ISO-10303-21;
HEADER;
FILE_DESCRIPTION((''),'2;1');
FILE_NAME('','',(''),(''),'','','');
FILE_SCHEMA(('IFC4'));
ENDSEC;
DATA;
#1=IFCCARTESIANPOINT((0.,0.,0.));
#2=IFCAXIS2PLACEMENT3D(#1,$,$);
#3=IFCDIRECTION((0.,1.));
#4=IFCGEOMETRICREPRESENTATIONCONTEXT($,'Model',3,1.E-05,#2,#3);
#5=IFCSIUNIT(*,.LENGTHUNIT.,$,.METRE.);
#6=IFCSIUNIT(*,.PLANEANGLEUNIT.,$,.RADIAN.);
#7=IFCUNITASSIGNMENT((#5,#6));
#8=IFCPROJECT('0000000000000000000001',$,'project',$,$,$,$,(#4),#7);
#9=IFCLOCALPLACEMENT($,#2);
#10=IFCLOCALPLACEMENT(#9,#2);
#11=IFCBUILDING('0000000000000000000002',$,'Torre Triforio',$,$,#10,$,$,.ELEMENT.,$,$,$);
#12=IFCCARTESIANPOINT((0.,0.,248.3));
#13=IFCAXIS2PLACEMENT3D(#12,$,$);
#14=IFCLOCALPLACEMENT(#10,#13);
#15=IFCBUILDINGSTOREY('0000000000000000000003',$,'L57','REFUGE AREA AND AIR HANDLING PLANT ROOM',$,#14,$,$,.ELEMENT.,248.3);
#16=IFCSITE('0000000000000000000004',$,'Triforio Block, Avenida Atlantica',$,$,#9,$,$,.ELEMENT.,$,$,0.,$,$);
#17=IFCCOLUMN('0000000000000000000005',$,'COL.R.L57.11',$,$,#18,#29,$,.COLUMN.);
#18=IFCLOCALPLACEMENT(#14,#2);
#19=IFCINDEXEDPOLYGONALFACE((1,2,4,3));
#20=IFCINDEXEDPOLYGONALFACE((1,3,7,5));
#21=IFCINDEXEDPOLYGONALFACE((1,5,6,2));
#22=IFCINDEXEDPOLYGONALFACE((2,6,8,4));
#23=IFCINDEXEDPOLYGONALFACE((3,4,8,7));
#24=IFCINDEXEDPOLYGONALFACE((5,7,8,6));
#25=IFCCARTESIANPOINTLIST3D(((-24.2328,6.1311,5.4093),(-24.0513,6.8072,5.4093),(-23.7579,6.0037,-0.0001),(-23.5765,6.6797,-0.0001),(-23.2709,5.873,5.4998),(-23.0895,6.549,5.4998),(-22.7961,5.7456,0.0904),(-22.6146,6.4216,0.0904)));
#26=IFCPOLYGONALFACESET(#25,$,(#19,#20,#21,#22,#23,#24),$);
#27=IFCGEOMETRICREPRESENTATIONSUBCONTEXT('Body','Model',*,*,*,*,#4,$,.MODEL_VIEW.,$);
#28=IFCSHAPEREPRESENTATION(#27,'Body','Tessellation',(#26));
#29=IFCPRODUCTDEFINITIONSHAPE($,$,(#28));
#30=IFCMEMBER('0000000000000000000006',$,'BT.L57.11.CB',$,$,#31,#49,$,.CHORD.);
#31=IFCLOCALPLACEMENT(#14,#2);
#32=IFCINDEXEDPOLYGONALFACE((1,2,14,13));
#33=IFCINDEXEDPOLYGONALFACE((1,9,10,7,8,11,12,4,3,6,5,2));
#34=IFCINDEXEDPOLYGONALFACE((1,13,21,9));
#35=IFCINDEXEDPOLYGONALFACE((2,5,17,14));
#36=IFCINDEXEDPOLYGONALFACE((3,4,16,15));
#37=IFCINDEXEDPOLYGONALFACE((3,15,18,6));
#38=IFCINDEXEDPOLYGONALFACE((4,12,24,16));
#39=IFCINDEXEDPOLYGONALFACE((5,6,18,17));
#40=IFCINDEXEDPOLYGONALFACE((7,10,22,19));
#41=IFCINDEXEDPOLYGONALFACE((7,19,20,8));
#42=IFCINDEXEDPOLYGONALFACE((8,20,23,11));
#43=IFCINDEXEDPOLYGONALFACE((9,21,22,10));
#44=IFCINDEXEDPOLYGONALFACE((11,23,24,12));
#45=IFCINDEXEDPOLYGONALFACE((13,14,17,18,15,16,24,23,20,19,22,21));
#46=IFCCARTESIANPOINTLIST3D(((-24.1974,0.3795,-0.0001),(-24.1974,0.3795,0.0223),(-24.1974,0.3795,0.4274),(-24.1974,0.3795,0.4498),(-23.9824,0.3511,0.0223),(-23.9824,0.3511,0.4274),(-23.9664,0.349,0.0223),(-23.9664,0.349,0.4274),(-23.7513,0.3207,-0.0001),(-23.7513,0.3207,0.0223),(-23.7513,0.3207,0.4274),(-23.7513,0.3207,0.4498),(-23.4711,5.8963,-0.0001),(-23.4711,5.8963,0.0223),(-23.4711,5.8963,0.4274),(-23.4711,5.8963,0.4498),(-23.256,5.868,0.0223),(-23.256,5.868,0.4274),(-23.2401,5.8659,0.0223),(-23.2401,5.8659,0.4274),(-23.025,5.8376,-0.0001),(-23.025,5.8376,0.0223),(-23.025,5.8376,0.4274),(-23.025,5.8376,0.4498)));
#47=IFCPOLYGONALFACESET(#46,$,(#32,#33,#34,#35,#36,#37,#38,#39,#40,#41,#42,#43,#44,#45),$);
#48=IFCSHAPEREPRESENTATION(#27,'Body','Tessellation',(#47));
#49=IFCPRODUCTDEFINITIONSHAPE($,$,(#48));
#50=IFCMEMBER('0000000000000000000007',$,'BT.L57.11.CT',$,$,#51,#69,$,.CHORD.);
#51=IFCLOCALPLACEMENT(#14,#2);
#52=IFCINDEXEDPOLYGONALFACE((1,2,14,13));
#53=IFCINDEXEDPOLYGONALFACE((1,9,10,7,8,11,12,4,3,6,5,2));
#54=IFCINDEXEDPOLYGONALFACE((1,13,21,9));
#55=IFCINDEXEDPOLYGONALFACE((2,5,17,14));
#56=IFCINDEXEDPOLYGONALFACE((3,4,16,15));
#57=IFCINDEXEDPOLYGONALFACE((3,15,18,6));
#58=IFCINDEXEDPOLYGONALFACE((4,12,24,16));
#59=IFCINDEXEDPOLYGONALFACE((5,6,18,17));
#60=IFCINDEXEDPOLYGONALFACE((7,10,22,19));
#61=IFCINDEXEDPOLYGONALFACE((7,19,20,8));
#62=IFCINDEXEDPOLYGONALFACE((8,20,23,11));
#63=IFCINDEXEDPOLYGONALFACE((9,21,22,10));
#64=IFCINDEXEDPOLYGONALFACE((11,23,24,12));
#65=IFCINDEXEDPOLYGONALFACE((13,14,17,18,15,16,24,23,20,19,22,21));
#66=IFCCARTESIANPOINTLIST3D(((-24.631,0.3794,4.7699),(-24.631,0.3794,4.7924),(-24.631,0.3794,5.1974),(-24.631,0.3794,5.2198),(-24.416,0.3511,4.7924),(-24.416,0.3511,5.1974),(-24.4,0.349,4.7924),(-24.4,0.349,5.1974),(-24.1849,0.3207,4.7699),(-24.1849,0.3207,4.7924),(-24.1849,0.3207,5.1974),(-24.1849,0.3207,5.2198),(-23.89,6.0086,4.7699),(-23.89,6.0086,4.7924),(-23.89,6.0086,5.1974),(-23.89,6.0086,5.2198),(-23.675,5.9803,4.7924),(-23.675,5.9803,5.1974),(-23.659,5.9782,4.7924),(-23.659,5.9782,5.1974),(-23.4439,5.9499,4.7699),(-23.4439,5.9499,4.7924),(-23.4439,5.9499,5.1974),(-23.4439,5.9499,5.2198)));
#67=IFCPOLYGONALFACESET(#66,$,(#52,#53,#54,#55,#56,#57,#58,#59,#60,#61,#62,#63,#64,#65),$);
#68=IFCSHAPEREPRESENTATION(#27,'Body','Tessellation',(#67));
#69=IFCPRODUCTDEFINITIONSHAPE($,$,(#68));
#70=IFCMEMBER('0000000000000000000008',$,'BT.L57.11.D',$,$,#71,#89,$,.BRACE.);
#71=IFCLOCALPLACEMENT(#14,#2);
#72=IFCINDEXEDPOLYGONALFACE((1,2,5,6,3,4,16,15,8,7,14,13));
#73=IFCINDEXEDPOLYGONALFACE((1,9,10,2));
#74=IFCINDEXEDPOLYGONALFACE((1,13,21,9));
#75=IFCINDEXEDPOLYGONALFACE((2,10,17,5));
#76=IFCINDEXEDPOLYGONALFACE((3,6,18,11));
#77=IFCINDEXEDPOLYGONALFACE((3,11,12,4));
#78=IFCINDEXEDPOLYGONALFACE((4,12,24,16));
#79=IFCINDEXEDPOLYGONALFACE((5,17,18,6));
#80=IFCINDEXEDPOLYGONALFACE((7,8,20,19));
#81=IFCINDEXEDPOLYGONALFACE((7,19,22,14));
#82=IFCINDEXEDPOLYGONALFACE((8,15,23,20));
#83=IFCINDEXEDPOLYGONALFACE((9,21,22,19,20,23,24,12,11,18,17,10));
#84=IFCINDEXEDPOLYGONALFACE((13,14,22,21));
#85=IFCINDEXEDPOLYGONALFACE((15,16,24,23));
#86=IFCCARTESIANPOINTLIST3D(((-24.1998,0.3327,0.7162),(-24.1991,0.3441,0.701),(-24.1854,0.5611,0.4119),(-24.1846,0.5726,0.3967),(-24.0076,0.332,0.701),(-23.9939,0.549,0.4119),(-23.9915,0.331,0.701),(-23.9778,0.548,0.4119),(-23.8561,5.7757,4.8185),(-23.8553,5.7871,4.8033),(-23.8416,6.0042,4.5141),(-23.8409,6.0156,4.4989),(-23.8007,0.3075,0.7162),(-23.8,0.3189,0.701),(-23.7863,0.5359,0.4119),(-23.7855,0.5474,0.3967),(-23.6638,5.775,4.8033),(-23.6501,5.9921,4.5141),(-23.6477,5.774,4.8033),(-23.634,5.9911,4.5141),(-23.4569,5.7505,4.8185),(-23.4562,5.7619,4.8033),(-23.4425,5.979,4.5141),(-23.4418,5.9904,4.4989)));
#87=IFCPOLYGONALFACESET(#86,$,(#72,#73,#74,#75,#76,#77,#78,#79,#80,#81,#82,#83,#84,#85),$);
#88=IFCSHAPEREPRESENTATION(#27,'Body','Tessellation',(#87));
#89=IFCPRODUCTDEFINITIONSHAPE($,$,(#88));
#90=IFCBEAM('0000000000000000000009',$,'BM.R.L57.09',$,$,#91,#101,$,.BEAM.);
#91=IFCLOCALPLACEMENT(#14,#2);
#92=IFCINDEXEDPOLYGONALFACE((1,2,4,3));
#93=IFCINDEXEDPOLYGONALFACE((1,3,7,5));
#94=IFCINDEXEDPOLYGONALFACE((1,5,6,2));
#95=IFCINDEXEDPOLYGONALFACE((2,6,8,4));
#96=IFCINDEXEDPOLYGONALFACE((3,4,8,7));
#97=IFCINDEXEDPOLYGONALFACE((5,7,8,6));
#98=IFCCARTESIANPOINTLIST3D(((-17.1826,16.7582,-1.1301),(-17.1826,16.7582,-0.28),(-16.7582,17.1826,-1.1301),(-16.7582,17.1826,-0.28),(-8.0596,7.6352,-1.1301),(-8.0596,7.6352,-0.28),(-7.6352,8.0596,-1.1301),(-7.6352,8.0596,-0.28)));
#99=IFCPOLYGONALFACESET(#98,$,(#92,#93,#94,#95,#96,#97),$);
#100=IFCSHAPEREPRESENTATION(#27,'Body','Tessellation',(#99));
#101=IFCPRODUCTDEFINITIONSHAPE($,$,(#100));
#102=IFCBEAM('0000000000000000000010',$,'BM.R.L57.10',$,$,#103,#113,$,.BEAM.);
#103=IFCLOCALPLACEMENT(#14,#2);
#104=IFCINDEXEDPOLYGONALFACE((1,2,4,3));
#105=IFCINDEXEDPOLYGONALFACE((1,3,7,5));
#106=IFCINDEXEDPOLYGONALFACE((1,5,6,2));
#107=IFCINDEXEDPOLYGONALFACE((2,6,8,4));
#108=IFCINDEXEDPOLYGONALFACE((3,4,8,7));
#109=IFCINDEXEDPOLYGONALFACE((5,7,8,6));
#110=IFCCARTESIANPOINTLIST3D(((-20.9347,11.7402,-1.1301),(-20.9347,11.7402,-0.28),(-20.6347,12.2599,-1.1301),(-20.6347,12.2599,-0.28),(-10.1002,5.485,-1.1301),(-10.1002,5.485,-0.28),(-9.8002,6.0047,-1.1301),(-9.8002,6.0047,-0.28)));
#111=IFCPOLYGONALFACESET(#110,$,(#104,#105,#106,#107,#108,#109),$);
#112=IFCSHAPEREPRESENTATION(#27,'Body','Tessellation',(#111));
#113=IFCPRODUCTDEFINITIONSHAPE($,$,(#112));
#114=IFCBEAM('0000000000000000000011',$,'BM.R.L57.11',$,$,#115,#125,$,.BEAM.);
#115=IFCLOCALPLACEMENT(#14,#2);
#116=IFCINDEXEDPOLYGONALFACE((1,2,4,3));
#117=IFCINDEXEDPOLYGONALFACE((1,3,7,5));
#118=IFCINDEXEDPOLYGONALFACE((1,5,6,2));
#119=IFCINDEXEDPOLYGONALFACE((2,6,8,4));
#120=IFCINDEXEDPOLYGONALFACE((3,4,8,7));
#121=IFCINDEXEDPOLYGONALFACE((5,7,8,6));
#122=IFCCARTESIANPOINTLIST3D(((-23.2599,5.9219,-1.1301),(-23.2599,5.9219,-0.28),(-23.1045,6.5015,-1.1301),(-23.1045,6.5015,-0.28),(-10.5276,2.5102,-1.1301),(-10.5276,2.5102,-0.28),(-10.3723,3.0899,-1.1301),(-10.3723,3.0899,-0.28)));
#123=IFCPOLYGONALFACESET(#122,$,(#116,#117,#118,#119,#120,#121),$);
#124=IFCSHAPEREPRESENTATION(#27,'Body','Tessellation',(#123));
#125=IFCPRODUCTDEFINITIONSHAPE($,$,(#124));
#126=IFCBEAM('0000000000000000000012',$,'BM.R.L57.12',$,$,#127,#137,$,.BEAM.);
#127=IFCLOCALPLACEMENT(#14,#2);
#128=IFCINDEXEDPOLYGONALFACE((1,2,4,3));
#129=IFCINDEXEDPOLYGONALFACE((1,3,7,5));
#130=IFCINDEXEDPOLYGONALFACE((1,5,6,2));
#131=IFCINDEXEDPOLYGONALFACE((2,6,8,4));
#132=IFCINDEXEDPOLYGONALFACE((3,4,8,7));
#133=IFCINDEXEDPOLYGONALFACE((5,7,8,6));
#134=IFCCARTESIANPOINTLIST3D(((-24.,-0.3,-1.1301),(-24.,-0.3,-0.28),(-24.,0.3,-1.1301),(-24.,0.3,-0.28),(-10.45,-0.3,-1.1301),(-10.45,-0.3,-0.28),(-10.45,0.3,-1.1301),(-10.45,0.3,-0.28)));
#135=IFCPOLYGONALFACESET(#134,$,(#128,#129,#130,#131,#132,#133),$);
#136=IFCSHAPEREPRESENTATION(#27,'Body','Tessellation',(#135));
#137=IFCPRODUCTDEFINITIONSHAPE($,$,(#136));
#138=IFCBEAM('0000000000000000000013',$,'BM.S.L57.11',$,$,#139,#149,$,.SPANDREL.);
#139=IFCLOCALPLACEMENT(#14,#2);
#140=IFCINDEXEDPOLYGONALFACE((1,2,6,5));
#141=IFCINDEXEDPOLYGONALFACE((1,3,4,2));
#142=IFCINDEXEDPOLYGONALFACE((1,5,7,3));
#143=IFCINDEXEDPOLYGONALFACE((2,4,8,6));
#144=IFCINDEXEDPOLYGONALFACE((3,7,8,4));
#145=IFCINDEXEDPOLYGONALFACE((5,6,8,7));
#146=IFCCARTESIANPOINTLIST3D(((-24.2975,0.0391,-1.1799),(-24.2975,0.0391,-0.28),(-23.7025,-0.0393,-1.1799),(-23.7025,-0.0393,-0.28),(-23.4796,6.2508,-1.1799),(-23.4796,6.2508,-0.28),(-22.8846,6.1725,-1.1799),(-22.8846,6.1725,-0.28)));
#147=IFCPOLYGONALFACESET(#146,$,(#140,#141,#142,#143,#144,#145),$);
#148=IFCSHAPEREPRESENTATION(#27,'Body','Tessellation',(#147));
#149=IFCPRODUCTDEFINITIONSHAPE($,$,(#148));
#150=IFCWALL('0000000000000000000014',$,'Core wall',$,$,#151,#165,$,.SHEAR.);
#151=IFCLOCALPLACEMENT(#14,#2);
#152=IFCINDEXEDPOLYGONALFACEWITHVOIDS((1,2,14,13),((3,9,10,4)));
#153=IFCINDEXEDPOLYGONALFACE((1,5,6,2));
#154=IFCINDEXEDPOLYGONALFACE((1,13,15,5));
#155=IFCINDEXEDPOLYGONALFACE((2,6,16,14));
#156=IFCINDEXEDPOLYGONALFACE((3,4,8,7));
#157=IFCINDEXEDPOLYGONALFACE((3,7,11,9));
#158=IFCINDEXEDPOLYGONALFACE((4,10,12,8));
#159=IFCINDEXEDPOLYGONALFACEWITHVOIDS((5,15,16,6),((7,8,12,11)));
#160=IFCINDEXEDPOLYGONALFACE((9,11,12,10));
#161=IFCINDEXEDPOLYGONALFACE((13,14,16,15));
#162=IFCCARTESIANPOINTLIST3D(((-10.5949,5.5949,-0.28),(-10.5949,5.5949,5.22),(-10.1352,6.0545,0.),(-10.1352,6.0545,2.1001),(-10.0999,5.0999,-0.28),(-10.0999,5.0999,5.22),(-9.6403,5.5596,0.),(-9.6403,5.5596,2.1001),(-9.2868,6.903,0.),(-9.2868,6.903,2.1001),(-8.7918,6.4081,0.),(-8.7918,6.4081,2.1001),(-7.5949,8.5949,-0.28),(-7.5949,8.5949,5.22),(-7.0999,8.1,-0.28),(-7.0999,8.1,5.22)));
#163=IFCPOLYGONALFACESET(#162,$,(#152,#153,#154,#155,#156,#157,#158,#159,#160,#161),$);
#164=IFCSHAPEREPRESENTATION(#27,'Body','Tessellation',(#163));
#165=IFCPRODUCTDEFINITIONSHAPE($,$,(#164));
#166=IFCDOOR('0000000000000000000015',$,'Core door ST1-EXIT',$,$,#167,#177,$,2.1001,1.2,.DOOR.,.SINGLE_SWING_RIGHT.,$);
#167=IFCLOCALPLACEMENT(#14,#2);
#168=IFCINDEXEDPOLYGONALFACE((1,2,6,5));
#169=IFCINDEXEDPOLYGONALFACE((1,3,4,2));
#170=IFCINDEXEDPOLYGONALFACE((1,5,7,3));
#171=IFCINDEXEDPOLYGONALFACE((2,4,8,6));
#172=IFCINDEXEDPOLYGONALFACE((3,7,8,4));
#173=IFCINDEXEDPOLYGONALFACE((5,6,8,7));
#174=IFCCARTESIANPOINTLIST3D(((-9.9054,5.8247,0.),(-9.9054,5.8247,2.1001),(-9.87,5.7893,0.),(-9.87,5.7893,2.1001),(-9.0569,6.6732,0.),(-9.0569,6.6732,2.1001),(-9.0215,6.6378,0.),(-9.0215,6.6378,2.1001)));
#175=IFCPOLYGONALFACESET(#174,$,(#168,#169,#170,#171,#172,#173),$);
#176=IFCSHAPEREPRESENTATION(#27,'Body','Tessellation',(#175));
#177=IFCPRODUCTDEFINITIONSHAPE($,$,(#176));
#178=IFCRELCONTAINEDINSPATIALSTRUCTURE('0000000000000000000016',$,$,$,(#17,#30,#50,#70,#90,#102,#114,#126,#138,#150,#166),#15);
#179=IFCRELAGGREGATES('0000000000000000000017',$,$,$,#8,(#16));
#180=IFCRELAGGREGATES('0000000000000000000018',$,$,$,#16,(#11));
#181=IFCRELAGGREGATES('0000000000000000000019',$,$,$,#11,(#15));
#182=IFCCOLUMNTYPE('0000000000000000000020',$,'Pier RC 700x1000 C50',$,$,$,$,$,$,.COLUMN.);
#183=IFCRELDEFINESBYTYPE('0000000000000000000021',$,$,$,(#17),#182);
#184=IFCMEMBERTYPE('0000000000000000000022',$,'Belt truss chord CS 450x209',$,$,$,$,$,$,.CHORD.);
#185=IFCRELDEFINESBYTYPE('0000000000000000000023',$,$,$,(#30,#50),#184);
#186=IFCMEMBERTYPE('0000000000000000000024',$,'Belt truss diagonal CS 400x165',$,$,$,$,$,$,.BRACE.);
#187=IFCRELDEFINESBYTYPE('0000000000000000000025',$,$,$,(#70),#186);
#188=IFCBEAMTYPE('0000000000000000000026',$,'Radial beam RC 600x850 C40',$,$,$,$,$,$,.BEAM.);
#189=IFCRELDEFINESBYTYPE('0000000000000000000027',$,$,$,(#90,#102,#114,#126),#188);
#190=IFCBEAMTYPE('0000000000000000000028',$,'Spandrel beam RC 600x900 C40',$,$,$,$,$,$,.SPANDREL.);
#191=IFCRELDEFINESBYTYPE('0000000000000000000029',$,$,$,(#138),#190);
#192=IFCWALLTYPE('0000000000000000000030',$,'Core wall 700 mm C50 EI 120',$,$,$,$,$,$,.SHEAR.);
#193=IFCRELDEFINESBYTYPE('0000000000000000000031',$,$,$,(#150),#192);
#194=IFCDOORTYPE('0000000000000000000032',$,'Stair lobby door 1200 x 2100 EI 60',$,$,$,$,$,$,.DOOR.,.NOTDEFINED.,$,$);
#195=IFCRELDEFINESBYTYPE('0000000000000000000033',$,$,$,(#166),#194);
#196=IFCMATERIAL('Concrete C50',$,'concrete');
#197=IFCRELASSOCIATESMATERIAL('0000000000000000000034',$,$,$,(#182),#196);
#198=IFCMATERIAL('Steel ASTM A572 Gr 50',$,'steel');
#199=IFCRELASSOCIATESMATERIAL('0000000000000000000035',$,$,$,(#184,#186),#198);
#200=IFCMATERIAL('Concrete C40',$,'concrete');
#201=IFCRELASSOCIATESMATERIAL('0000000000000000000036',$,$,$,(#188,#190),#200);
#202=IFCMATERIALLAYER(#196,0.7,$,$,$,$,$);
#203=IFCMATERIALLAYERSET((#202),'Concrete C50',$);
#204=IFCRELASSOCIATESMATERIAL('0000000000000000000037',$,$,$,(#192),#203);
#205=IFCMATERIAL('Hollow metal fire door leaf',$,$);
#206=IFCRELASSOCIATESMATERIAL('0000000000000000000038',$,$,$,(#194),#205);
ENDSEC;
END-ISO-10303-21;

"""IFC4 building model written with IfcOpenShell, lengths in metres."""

from ifc_helpers import new_model, si_unit, direction, frame, frame_2d, origin, origin_2d, place, context, subcontext, project, spatial, rectangle, i_section, extrude, material, layer, layer_set, material_profile, profile_set, type_object, element, fill, save


model = new_model("IFC4")

# Units and contexts
model_context = context("Model", 3, precision=1e-05, world=origin(), true_north=direction((0.0, 1.0)))
body_context = subcontext(model_context, "Body", "Model", "MODEL_VIEW")
ifc_project = project(units=[si_unit("LENGTHUNIT", "METRE"), si_unit("PLANEANGLEUNIT", "RADIAN")], contexts=[model_context])

# Site, building, storey
site_placement = place(None, origin())
site = spatial("IfcSite", under=ifc_project, at=site_placement, Name="Triforio Block, Avenida Atlantica", CompositionType="ELEMENT", RefElevation=0.0)
building_placement = place(site_placement, origin())
building = spatial("IfcBuilding", under=site, at=building_placement, Name="Torre Triforio", CompositionType="ELEMENT")
storey_placement = place(building_placement, frame((0.0, 0.0, 248.3)))
storey = spatial("IfcBuildingStorey", under=building, at=storey_placement, Name="L57", Description="REFUGE AREA AND AIR HANDLING PLANT ROOM", CompositionType="ELEMENT", Elevation=248.3)

# Column
ifc_material_1 = material(Name="Concrete C50", Category="concrete")
ifc_material_profile_1 = material_profile(ifc_material_1, rectangle(XDim=0.7, YDim=1.0, at=origin_2d()), Name="RC 700x1000")
ifc_profile_set_1 = profile_set([ifc_material_profile_1], Name="Concrete C50")
column_type = type_object("IfcColumnType", Name="Pier RC 700x1000 C50", PredefinedType="COLUMN", material=ifc_profile_set_1)
column_placement = place(storey_placement, frame((-23.1863, 6.2126, 0.0452), z_axis=(-0.087422, 0.023462, 0.995895), x_axis=(-0.259208, -0.965822, 0.0)))
element("IfcColumn", 1, at=column_placement, inside=storey, type_object=column_type, Name="COL.R.L57.11", PredefinedType="COLUMN", context=body_context, shape_type="SweptSolid", body=[
    extrude(rectangle(XDim=0.7, YDim=1.0, at=origin_2d()), origin(), (0.0, 0.0, 1.0), 5.4316),
])

# Members
ifc_material_2 = material(Name="Steel ASTM A572 Gr 50", Category="steel")
ifc_material_profile_2 = material_profile(ifc_material_2, i_section(OverallWidth=0.45, OverallDepth=0.45, WebThickness=0.0161, FlangeThickness=0.0225, at=origin_2d()), Name="CS 450x209")
ifc_profile_set_2 = profile_set([ifc_material_profile_2], Name="Steel ASTM A572 Gr 50")
member_type_1 = type_object("IfcMemberType", Name="Belt truss chord CS 450x209", PredefinedType="CHORD", material=ifc_profile_set_2)
member_1_placement = place(storey_placement, frame((-23.248, 5.8669, 0.2249), z_axis=(-0.130528, -0.991445, 0.0), x_axis=(0.991445, -0.130528, 0.0)))
element("IfcMember", 2, at=member_1_placement, inside=storey, type_object=member_type_1, Name="BT.L57.11.CB", PredefinedType="CHORD", context=body_context, shape_type="SweptSolid", body=[
    extrude(i_section(OverallWidth=0.45, OverallDepth=0.45, WebThickness=0.0161, FlangeThickness=0.0225, at=origin_2d()), origin(), (0.0, 0.0, 1.0), 5.5645),
])
member_2_placement = place(storey_placement, frame((-23.667, 5.9792, 4.9949), z_axis=(-0.130505, -0.991448, 0.0), x_axis=(0.991448, -0.130505, 0.0)))
element("IfcMember", 3, at=member_2_placement, inside=storey, type_object=member_type_1, Name="BT.L57.11.CT", PredefinedType="CHORD", context=body_context, shape_type="SweptSolid", body=[
    extrude(i_section(OverallWidth=0.45, OverallDepth=0.45, WebThickness=0.0161, FlangeThickness=0.0225, at=origin_2d()), origin(), (0.0, 0.0, 1.0), 5.6777),
])
ifc_material_profile_3 = material_profile(ifc_material_2, i_section(OverallWidth=0.3999, OverallDepth=0.3999, WebThickness=0.0161, FlangeThickness=0.019, at=origin_2d()), Name="CS 400x165")
ifc_profile_set_3 = profile_set([ifc_material_profile_3], Name="Steel ASTM A572 Gr 50")
member_type_2 = type_object("IfcMemberType", Name="Belt truss diagonal CS 400x165", PredefinedType="BRACE", material=ifc_profile_set_3)
member_3_placement = place(storey_placement, frame((-23.6489, 5.8831, 4.6587), z_axis=(-0.05037, -0.797579, -0.601108), x_axis=(0.998012, -0.063028, 0.0)))
element("IfcMember", 4, at=member_3_placement, inside=storey, type_object=member_type_2, Name="BT.L57.11.D", PredefinedType="BRACE", context=body_context, shape_type="SweptSolid", body=[
    extrude(i_section(OverallWidth=0.3999, OverallDepth=0.3999, WebThickness=0.0161, FlangeThickness=0.019, at=origin_2d()), origin(), (0.0, 0.0, 1.0), 6.8245),
])

# Beams
ifc_material_3 = material(Name="Concrete C40", Category="concrete")
ifc_material_profile_4 = material_profile(ifc_material_3, rectangle(XDim=0.6001, YDim=0.8501, at=origin_2d()), Name="RC 600x850")
ifc_profile_set_4 = profile_set([ifc_material_profile_4], Name="Concrete C40")
beam_type_1 = type_object("IfcBeamType", Name="Radial beam RC 600x850 C40", PredefinedType="BEAM", material=ifc_profile_set_4)
beam_1_placement = place(storey_placement, frame((-7.8474, 7.8474, -0.7051), z_axis=(-0.707107, 0.707107, 0.0), x_axis=(-0.707107, -0.707107, 0.0)))
element("IfcBeam", 5, at=beam_1_placement, inside=storey, type_object=beam_type_1, Name="BM.R.L57.09", PredefinedType="BEAM", context=body_context, shape_type="SweptSolid", body=[
    extrude(rectangle(XDim=0.6001, YDim=0.8501, at=origin_2d()), origin(), (0.0, 0.0, 1.0), 12.9019),
])
beam_2_placement = place(storey_placement, frame((-9.9502, 5.7449, -0.7051), z_axis=(-0.866031, 0.49999, 0.0), x_axis=(-0.49999, -0.866031, 0.0)))
element("IfcBeam", 6, at=beam_2_placement, inside=storey, type_object=beam_type_1, Name="BM.R.L57.10", PredefinedType="BEAM", context=body_context, shape_type="SweptSolid", body=[
    extrude(rectangle(XDim=0.6001, YDim=0.8501, at=origin_2d()), origin(), (0.0, 0.0, 1.0), 12.5105),
])
beam_3_placement = place(storey_placement, frame((-10.45, 2.8, -0.7051), z_axis=(-0.965925, 0.258822, 0.0), x_axis=(-0.258822, -0.965925, 0.0)))
element("IfcBeam", 7, at=beam_3_placement, inside=storey, type_object=beam_type_1, Name="BM.R.L57.11", PredefinedType="BEAM", context=body_context, shape_type="SweptSolid", body=[
    extrude(rectangle(XDim=0.6001, YDim=0.8501, at=origin_2d()), origin(), (0.0, 0.0, 1.0), 13.1814),
])
beam_4_placement = place(storey_placement, frame((-10.45, 0.0, -0.7051), z_axis=(-1.0, 0.0, 0.0), x_axis=(0.0, -1.0, 0.0)))
element("IfcBeam", 8, at=beam_4_placement, inside=storey, type_object=beam_type_1, Name="BM.R.L57.12", PredefinedType="BEAM", context=body_context, shape_type="SweptSolid", body=[
    extrude(rectangle(XDim=0.6001, YDim=0.8501, at=origin_2d()), origin(), (0.0, 0.0, 1.0), 13.55),
])
ifc_material_profile_5 = material_profile(ifc_material_3, rectangle(XDim=0.6001, YDim=0.8999, at=origin_2d()), Name="RC 600x900")
ifc_profile_set_5 = profile_set([ifc_material_profile_5], Name="Concrete C40")
beam_type_2 = type_object("IfcBeamType", Name="Spandrel beam RC 600x900 C40", PredefinedType="SPANDREL", material=ifc_profile_set_5)
beam_5_placement = place(storey_placement, frame((-23.1821, 6.2117, -0.73), z_axis=(-0.13054, -0.991443, 0.0), x_axis=(0.991443, -0.13054, 0.0)))
element("IfcBeam", 9, at=beam_5_placement, inside=storey, type_object=beam_type_2, Name="BM.S.L57.11", PredefinedType="SPANDREL", context=body_context, shape_type="SweptSolid", body=[
    extrude(rectangle(XDim=0.6001, YDim=0.8999, at=origin_2d()), origin(), (0.0, 0.0, 1.0), 6.2654),
])

# Wall, opening, door
ifc_layer_1 = layer(ifc_material_1, 0.7)
ifc_layer_set_1 = layer_set([ifc_layer_1], Name="Concrete C50")
wall_type_1 = type_object("IfcWallType", Name="Core wall 700 mm C50 EI 120", PredefinedType="SHEAR", material=ifc_layer_set_1)
wall_1_placement = place(storey_placement, frame((-10.3474, 5.3474, -0.28), z_axis=(0.0, 0.0, 1.0), x_axis=(0.707107, 0.707107, 0.0)))
wall_1 = element("IfcWall", 10, at=wall_1_placement, inside=storey, type_object=wall_type_1, Name="Core wall", PredefinedType="SHEAR", context=body_context, shape_type="SweptSolid", body=[
    extrude(rectangle(XDim=4.2427, YDim=0.7, at=frame_2d((2.1213, 0.0))), origin(), (0.0, 0.0, 1.0), 5.5),
])
opening_1_placement = place(wall_1_placement, frame((0.6499, 0.0, 0.28)))
opening_1 = element("IfcOpeningElement", 11, at=opening_1_placement, cuts=wall_1, PredefinedType="OPENING", context=body_context, shape_type="SweptSolid", body=[
    extrude(rectangle(XDim=1.2, YDim=2.1001, at=frame_2d((0.6001, 1.05))), frame((0.0, 0.3599, 0.0), z_axis=(0.0, -1.0, 0.0), x_axis=(1.0, 0.0, 0.0)), (0.0, 0.0, 1.0), 0.72),
])
ifc_material_4 = material(Name="Hollow metal fire door leaf")
door_type_1 = type_object("IfcDoorType", Name="Stair lobby door 1200 x 2100 EI 60", OperationType="NOTDEFINED", PredefinedType="DOOR", material=ifc_material_4)
door_1_placement = place(opening_1_placement, origin())
door_1 = element("IfcDoor", 12, at=door_1_placement, inside=storey, type_object=door_type_1, Name="Core door ST1-EXIT", OperationType="SINGLE_SWING_RIGHT", OverallHeight=2.1001, OverallWidth=1.2, PredefinedType="DOOR", context=body_context, shape_type="SweptSolid", body=[
    extrude(rectangle(XDim=1.2, YDim=2.1001, at=frame_2d((0.6001, 1.05))), frame((0.0, 0.0249, 0.0), z_axis=(0.0, -1.0, 0.0), x_axis=(1.0, 0.0, 0.0)), (0.0, 0.0, 1.0), 0.05),
])
fill(opening_1, door_1)

save(model, "model.ifc")
